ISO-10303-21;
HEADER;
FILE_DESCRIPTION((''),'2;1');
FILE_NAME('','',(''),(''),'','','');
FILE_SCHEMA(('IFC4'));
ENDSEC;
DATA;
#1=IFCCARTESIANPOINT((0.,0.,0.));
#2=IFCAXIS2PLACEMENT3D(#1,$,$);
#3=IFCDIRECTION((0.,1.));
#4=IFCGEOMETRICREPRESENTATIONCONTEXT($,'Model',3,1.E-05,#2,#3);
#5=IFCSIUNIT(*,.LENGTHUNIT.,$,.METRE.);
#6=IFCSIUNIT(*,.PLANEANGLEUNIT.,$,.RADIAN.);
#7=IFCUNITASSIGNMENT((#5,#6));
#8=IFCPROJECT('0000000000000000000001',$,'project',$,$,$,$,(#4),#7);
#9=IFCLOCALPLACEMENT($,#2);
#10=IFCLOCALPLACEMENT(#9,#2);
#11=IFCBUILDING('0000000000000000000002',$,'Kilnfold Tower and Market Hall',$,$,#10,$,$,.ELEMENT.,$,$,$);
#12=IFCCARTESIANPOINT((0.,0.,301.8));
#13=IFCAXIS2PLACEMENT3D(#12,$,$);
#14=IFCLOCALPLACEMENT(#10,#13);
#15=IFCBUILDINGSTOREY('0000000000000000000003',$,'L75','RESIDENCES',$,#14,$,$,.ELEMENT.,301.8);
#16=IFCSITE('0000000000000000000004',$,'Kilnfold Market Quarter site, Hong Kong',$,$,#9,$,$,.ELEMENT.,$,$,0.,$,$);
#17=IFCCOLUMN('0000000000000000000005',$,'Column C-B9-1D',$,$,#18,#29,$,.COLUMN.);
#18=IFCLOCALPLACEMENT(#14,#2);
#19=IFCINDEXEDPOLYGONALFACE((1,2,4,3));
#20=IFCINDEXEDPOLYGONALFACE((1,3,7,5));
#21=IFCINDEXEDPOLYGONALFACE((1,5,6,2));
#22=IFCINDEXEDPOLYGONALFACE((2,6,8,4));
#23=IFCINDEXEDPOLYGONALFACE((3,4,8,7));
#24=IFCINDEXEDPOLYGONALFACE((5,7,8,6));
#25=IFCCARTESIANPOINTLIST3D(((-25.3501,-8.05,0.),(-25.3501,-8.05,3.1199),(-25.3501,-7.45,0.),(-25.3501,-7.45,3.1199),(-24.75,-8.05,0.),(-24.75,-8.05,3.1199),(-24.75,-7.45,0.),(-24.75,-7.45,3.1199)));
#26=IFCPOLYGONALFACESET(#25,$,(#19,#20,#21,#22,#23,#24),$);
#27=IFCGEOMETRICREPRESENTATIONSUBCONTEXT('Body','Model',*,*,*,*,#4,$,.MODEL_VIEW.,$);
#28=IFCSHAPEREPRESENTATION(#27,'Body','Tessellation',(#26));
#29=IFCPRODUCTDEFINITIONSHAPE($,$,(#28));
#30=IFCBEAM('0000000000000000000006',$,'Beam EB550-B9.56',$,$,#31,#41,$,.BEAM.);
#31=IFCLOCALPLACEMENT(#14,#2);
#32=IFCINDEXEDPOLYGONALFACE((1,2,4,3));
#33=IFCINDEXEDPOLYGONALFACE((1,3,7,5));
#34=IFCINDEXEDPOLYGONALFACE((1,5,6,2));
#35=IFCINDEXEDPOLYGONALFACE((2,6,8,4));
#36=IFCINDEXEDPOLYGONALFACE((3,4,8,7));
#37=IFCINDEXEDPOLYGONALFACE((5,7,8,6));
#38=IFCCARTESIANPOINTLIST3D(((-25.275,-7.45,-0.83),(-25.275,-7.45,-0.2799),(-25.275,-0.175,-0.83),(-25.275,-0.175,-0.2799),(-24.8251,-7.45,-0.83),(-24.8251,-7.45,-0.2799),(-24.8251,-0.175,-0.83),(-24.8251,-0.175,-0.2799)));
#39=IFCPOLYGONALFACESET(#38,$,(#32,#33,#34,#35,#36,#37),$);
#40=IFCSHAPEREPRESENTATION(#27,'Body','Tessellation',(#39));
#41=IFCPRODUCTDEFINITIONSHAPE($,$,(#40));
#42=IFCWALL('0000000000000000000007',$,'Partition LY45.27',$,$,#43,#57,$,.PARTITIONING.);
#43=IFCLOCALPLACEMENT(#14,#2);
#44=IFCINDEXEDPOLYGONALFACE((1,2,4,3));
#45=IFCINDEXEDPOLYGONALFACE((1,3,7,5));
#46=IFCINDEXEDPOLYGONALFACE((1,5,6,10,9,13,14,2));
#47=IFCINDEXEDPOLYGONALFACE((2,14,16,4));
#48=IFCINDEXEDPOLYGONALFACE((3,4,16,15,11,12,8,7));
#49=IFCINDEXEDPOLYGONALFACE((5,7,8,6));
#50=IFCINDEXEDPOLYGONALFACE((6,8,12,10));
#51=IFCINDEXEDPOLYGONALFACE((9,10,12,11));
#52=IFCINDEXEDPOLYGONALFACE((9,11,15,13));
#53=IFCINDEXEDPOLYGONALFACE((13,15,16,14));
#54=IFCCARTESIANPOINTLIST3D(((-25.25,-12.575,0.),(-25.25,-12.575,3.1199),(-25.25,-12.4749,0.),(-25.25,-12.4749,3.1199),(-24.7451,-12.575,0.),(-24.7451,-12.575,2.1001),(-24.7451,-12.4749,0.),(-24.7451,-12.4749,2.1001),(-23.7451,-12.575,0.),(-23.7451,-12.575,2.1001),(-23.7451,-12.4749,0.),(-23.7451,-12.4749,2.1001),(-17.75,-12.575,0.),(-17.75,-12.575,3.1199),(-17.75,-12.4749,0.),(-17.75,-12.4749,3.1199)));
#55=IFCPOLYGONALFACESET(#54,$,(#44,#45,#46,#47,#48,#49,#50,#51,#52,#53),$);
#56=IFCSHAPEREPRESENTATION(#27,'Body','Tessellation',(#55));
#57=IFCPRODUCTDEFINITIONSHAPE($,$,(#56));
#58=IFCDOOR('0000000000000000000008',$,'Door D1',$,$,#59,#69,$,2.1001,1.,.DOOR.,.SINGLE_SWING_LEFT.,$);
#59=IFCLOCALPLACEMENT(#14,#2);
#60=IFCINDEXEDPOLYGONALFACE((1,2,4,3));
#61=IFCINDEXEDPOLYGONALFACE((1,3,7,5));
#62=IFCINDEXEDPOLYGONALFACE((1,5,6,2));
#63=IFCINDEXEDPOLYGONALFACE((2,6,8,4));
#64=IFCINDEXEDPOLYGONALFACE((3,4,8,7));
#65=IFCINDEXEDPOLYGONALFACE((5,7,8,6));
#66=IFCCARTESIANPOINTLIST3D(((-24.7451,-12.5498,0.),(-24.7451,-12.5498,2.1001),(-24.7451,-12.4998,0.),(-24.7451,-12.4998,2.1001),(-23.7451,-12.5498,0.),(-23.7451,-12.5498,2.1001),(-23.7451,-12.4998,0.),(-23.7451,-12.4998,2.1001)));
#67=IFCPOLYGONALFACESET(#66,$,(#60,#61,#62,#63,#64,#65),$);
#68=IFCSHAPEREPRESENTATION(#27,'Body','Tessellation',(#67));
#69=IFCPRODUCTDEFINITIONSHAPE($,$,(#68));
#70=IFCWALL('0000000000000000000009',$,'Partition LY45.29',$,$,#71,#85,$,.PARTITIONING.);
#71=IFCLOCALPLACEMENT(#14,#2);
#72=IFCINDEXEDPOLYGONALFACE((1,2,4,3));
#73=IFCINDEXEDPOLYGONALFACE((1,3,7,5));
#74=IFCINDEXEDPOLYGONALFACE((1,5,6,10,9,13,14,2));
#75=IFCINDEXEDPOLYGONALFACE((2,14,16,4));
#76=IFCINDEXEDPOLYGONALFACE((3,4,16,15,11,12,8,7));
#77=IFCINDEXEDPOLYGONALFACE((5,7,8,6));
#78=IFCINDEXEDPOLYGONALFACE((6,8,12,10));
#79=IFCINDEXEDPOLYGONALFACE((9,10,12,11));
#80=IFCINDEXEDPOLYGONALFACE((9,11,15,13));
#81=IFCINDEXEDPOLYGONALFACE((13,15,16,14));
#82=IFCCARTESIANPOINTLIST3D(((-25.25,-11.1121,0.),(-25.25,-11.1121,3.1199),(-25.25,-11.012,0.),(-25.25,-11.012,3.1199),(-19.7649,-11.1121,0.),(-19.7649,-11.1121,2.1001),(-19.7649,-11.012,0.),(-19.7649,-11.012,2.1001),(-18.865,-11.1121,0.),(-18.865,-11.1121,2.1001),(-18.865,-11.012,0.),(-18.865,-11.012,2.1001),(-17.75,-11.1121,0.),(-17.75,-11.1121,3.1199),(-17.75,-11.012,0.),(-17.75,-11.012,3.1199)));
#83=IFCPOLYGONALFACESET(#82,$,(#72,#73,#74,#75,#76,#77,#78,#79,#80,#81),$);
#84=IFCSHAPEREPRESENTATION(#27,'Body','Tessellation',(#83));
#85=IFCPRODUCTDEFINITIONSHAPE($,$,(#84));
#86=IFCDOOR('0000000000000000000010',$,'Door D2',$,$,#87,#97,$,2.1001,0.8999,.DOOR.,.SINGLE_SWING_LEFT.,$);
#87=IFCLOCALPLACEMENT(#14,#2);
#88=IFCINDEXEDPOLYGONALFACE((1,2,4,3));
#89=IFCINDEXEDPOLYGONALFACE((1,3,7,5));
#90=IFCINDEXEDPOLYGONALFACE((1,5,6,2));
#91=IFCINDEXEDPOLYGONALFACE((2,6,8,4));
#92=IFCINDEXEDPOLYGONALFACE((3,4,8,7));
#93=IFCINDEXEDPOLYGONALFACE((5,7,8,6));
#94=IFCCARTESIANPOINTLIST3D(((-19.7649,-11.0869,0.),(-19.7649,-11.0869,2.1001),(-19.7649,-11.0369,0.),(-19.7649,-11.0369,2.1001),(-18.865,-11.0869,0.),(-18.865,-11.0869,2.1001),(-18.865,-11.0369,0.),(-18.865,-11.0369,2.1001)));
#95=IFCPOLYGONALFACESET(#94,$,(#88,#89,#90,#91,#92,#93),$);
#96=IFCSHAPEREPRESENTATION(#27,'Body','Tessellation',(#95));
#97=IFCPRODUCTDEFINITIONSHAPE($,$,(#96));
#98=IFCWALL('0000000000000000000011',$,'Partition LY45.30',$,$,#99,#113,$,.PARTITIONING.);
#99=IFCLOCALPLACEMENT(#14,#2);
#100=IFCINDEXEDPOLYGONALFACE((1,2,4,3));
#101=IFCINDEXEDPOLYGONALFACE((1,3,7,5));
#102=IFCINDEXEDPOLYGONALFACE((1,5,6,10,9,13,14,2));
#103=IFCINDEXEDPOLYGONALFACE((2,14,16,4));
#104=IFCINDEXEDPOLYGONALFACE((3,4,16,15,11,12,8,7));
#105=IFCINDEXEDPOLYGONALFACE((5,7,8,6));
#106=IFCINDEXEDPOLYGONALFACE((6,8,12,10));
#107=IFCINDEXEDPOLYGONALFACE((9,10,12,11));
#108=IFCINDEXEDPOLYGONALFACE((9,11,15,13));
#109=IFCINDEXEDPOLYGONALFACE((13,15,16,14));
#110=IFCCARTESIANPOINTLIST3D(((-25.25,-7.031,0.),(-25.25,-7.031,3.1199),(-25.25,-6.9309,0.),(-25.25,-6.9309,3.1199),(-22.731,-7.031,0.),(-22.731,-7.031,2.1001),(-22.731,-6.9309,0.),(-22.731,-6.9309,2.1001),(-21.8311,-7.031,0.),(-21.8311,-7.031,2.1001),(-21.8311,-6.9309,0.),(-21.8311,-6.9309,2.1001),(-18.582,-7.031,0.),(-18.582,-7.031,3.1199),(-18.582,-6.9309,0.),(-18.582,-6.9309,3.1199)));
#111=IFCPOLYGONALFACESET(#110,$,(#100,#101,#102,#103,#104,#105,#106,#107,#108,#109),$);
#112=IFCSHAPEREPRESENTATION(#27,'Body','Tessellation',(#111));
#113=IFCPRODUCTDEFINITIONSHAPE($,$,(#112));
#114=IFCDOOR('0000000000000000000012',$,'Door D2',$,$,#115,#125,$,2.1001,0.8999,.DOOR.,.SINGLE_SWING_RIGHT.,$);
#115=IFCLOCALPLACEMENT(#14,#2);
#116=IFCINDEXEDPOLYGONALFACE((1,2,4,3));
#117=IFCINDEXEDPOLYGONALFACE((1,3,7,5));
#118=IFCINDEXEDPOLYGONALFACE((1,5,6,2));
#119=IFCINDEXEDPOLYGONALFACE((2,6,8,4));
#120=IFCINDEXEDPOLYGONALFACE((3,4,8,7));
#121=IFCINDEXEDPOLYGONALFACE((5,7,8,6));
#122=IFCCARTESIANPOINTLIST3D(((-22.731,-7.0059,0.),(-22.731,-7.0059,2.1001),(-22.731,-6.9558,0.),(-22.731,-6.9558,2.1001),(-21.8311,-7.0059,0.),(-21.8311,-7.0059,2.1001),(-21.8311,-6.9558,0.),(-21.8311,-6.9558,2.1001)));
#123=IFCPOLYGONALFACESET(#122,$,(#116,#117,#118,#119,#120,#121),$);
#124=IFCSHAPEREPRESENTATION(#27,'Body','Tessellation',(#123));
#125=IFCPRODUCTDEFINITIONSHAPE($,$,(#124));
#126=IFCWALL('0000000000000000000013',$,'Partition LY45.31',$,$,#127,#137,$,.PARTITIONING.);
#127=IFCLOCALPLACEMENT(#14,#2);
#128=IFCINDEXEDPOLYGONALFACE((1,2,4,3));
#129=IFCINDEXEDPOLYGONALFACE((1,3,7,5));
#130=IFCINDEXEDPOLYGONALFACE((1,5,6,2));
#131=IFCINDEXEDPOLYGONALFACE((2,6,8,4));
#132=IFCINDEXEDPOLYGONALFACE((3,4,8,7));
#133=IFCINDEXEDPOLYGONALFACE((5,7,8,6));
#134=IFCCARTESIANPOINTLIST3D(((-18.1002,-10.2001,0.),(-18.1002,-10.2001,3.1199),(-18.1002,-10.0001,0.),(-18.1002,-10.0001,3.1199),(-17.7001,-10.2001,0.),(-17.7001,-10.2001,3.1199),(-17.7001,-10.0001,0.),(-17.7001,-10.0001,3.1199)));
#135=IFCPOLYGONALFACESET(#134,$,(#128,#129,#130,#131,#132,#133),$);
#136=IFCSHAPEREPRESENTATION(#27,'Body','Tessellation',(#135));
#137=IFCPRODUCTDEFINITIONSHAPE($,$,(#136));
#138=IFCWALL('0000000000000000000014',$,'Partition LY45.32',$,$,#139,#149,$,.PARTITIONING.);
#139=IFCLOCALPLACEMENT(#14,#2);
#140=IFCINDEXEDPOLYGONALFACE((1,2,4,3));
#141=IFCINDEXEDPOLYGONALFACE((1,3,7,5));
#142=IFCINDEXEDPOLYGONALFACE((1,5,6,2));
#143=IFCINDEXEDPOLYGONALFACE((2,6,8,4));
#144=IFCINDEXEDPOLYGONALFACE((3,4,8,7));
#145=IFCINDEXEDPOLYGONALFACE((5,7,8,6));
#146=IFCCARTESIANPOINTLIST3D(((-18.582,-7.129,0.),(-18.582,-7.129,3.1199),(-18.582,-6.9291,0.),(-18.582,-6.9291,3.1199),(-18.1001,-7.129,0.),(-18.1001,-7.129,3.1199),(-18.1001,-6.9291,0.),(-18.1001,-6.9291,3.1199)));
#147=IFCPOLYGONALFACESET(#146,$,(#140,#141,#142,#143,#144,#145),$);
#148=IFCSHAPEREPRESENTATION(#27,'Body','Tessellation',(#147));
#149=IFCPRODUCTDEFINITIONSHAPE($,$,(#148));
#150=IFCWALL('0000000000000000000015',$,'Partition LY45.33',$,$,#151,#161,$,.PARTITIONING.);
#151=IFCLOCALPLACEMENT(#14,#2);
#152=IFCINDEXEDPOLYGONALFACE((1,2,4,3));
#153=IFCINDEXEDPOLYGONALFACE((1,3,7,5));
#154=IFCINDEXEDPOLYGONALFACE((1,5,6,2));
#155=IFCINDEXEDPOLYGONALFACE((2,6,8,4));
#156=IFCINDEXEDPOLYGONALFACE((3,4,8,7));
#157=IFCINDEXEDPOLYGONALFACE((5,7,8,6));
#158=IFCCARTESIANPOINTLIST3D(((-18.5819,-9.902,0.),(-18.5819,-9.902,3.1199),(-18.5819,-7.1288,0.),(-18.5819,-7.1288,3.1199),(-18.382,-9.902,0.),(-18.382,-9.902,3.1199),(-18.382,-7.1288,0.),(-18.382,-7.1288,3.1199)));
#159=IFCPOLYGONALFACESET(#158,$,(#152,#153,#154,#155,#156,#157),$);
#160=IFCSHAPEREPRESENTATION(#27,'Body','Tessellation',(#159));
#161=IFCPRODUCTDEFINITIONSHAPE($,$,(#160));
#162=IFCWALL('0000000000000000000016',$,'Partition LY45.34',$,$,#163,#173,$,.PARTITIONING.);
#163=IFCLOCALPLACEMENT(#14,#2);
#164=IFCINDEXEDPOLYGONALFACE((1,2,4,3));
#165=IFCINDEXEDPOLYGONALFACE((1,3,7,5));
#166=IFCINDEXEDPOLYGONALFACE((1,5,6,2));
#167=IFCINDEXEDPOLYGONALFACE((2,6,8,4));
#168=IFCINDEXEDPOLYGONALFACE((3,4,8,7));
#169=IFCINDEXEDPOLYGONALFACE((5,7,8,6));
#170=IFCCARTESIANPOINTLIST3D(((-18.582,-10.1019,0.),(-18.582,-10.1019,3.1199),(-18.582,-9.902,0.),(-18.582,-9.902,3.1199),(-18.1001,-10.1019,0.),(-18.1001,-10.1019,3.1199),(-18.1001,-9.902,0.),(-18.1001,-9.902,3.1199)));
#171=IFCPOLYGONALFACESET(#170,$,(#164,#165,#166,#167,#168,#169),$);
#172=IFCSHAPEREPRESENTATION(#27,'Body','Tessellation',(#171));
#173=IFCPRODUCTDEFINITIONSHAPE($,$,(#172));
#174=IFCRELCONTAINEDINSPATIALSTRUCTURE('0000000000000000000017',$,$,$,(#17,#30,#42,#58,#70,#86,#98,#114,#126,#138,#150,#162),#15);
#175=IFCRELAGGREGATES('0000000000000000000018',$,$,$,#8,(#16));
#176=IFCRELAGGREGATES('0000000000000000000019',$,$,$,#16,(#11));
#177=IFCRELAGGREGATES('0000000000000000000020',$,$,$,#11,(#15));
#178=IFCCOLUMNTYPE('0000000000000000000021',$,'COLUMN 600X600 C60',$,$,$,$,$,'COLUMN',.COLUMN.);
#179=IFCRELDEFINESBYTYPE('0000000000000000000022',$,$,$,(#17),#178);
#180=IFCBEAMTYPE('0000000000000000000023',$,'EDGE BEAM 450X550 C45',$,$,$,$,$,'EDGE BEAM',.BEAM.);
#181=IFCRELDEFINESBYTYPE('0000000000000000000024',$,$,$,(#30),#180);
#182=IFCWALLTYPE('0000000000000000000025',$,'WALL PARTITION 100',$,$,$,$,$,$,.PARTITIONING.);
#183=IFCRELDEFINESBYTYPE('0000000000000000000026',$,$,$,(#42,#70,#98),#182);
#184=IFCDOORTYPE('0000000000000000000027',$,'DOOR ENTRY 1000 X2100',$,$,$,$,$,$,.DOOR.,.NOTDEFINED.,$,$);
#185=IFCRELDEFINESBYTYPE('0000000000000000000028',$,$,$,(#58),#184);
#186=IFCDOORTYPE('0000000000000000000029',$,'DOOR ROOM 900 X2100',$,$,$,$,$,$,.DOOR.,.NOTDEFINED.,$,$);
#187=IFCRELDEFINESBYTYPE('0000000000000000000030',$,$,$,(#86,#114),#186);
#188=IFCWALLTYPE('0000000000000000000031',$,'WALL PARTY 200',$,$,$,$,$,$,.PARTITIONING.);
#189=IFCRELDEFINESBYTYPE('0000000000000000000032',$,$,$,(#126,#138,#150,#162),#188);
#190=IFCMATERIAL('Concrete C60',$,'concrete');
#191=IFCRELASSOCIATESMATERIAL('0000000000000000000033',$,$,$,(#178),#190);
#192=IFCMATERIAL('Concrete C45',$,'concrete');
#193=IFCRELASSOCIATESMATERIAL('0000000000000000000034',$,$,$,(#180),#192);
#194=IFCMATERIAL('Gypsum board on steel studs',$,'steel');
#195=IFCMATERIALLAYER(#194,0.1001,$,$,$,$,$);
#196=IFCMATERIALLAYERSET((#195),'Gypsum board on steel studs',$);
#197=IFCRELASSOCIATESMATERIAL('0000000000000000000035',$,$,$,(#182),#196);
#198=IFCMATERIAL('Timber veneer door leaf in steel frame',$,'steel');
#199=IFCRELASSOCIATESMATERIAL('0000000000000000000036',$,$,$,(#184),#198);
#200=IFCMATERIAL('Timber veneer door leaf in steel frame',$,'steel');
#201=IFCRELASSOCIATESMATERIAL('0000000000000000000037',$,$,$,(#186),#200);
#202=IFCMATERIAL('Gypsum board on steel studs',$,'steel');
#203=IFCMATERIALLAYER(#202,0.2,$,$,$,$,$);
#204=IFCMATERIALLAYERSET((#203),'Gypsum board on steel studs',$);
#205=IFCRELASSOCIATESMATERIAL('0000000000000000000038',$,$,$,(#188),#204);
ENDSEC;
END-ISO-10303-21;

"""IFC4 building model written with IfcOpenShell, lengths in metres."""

from ifc_helpers import new_model, si_unit, direction, frame, frame_2d, origin, origin_2d, place, context, subcontext, project, spatial, rectangle, extrude, source, transform, mapped, material, layer, layer_set, material_profile, profile_set, type_object, element, fill, save


model = new_model("IFC4")

# Units and contexts
model_context = context("Model", 3, precision=1e-05, world=origin(), true_north=direction((0.0, 1.0)))
body_context = subcontext(model_context, "Body", "Model", "MODEL_VIEW")
ifc_project = project(units=[si_unit("LENGTHUNIT", "METRE"), si_unit("PLANEANGLEUNIT", "RADIAN")], contexts=[model_context])

# Site, building, storey
site_placement = place(None, origin())
site = spatial("IfcSite", under=ifc_project, at=site_placement, Name="Kilnfold Market Quarter site, Hong Kong", CompositionType="ELEMENT", RefElevation=0.0)
building_placement = place(site_placement, origin())
building = spatial("IfcBuilding", under=site, at=building_placement, Name="Kilnfold Tower and Market Hall", CompositionType="ELEMENT")
storey_placement = place(building_placement, frame((0.0, 0.0, 301.8)))
storey = spatial("IfcBuildingStorey", under=building, at=storey_placement, Name="L75", Description="RESIDENCES", CompositionType="ELEMENT", Elevation=301.8)

# Column
ifc_material_1 = material(Name="Concrete C60", Category="concrete")
ifc_material_profile_1 = material_profile(ifc_material_1, rectangle(XDim=0.6001, YDim=0.6001, at=origin_2d()), Name="RC 600x600")
ifc_profile_set_1 = profile_set([ifc_material_profile_1], Name="Concrete C60")
column_type = type_object("IfcColumnType", Name="COLUMN 600X600 C60", ElementType="COLUMN", PredefinedType="COLUMN", material=ifc_profile_set_1)
shared_shape_1 = source(origin(), body_context, "Body", "SweptSolid", [
    extrude(rectangle(XDim=0.6001, YDim=0.6001, at=origin_2d()), origin(), (0.0, 0.0, 1.0), 3.1199),
])
column_placement = place(storey_placement, frame((-25.05, -7.75, 0.0), z_axis=(0.0, 0.0, 1.0), x_axis=(1.0, 0.0, 0.0)))
element("IfcColumn", 1, at=column_placement, inside=storey, type_object=column_type, Name="Column C-B9-1D", PredefinedType="COLUMN", context=body_context, shape_type="MappedRepresentation", body=[
    mapped(shared_shape_1, transform((0.0, 0.0, 0.0))),
])

# Beam
ifc_material_2 = material(Name="Concrete C45", Category="concrete")
ifc_material_profile_2 = material_profile(ifc_material_2, rectangle(XDim=0.45, YDim=0.55, at=origin_2d()), Name="RC 450x550")
ifc_profile_set_2 = profile_set([ifc_material_profile_2], Name="Concrete C45")
beam_type = type_object("IfcBeamType", Name="EDGE BEAM 450X550 C45", ElementType="EDGE BEAM", PredefinedType="BEAM", material=ifc_profile_set_2)
shared_shape_2 = source(origin(), body_context, "Body", "SweptSolid", [
    extrude(rectangle(XDim=0.45, YDim=0.55, at=origin_2d()), origin(), (0.0, 0.0, 1.0), 7.2749),
])
beam_placement = place(storey_placement, frame((-25.05, -7.45, -0.5549), z_axis=(0.0, 1.0, 0.0), x_axis=(-1.0, 0.0, 0.0)))
element("IfcBeam", 2, at=beam_placement, inside=storey, type_object=beam_type, Name="Beam EB550-B9.56", PredefinedType="BEAM", context=body_context, shape_type="MappedRepresentation", body=[
    mapped(shared_shape_2, transform((0.0, 0.0, 0.0))),
])

# Walls, openings, doors
ifc_material_3 = material(Name="Gypsum board on steel studs", Category="steel")
ifc_layer_1 = layer(ifc_material_3, 0.1001)
ifc_layer_set_1 = layer_set([ifc_layer_1], Name="Gypsum board on steel studs")
wall_type_1 = type_object("IfcWallType", Name="WALL PARTITION 100", PredefinedType="PARTITIONING", material=ifc_layer_set_1)
wall_1_placement = place(storey_placement, frame((-17.75, -12.5249, 0.0), z_axis=(0.0, 0.0, 1.0), x_axis=(-1.0, 0.0, 0.0)))
wall_1 = element("IfcWall", 3, at=wall_1_placement, inside=storey, type_object=wall_type_1, Name="Partition LY45.27", PredefinedType="PARTITIONING", context=body_context, shape_type="SweptSolid", body=[
    extrude(rectangle(XDim=7.5, YDim=0.1001, at=frame_2d((3.75, 0.0))), origin(), (0.0, 0.0, 1.0), 3.1199),
])
opening_1_placement = place(wall_1_placement, frame((5.9951, 0.0, 0.0)))
opening_1 = element("IfcOpeningElement", 4, at=opening_1_placement, cuts=wall_1, PredefinedType="OPENING", context=body_context, shape_type="SweptSolid", body=[
    extrude(rectangle(XDim=1.0, YDim=2.1001, at=frame_2d((0.5, 1.05))), frame((0.0, 0.0601, 0.0), z_axis=(0.0, -1.0, 0.0), x_axis=(1.0, 0.0, 0.0)), (0.0, 0.0, 1.0), 0.1201),
])
ifc_material_4 = material(Name="Timber veneer door leaf in steel frame", Category="steel")
door_type_1 = type_object("IfcDoorType", Name="DOOR ENTRY 1000 X2100", OperationType="NOTDEFINED", PredefinedType="DOOR", material=ifc_material_4)
door_1_placement = place(opening_1_placement, origin())
door_1 = element("IfcDoor", 5, at=door_1_placement, inside=storey, type_object=door_type_1, Name="Door D1", OperationType="SINGLE_SWING_LEFT", OverallHeight=2.1001, OverallWidth=1.0, PredefinedType="DOOR", context=body_context, shape_type="SweptSolid", body=[
    extrude(rectangle(XDim=1.0, YDim=2.1001, at=frame_2d((0.5, 1.05))), frame((0.0, 0.0249, 0.0), z_axis=(0.0, -1.0, 0.0), x_axis=(1.0, 0.0, 0.0)), (0.0, 0.0, 1.0), 0.05),
])
fill(opening_1, door_1)
wall_2_placement = place(storey_placement, frame((-17.75, -11.062, 0.0), z_axis=(0.0, 0.0, 1.0), x_axis=(-1.0, 0.0, 0.0)))
wall_2 = element("IfcWall", 6, at=wall_2_placement, inside=storey, type_object=wall_type_1, Name="Partition LY45.29", PredefinedType="PARTITIONING", context=body_context, shape_type="SweptSolid", body=[
    extrude(rectangle(XDim=7.5, YDim=0.1001, at=frame_2d((3.75, 0.0))), origin(), (0.0, 0.0, 1.0), 3.1199),
])
opening_2_placement = place(wall_2_placement, frame((1.115, 0.0, 0.0)))
opening_2 = element("IfcOpeningElement", 7, at=opening_2_placement, cuts=wall_2, PredefinedType="OPENING", context=body_context, shape_type="SweptSolid", body=[
    extrude(rectangle(XDim=0.8999, YDim=2.1001, at=frame_2d((0.45, 1.05))), frame((0.0, 0.0601, 0.0), z_axis=(0.0, -1.0, 0.0), x_axis=(1.0, 0.0, 0.0)), (0.0, 0.0, 1.0), 0.1201),
])
ifc_material_5 = material(Name="Timber veneer door leaf in steel frame", Category="steel")
door_type_2 = type_object("IfcDoorType", Name="DOOR ROOM 900 X2100", OperationType="NOTDEFINED", PredefinedType="DOOR", material=ifc_material_5)
door_2_placement = place(opening_2_placement, origin())
door_2 = element("IfcDoor", 8, at=door_2_placement, inside=storey, type_object=door_type_2, Name="Door D2", OperationType="SINGLE_SWING_LEFT", OverallHeight=2.1001, OverallWidth=0.8999, PredefinedType="DOOR", context=body_context, shape_type="SweptSolid", body=[
    extrude(rectangle(XDim=0.8999, YDim=2.1001, at=frame_2d((0.45, 1.05))), frame((0.0, 0.0249, 0.0), z_axis=(0.0, -1.0, 0.0), x_axis=(1.0, 0.0, 0.0)), (0.0, 0.0, 1.0), 0.05),
])
fill(opening_2, door_2)
wall_3_placement = place(storey_placement, frame((-18.582, -6.981, 0.0), z_axis=(0.0, 0.0, 1.0), x_axis=(-1.0, 0.0, 0.0)))
wall_3 = element("IfcWall", 9, at=wall_3_placement, inside=storey, type_object=wall_type_1, Name="Partition LY45.30", PredefinedType="PARTITIONING", context=body_context, shape_type="SweptSolid", body=[
    extrude(rectangle(XDim=6.668, YDim=0.1001, at=frame_2d((3.334, 0.0))), origin(), (0.0, 0.0, 1.0), 3.1199),
])
opening_3_placement = place(wall_3_placement, frame((3.249, 0.0, 0.0)))
opening_3 = element("IfcOpeningElement", 10, at=opening_3_placement, cuts=wall_3, PredefinedType="OPENING", context=body_context, shape_type="SweptSolid", body=[
    extrude(rectangle(XDim=0.8999, YDim=2.1001, at=frame_2d((0.45, 1.05))), frame((0.0, 0.0601, 0.0), z_axis=(0.0, -1.0, 0.0), x_axis=(1.0, 0.0, 0.0)), (0.0, 0.0, 1.0), 0.1201),
])
door_3_placement = place(opening_3_placement, origin())
door_3 = element("IfcDoor", 11, at=door_3_placement, inside=storey, type_object=door_type_2, Name="Door D2", OperationType="SINGLE_SWING_RIGHT", OverallHeight=2.1001, OverallWidth=0.8999, PredefinedType="DOOR", context=body_context, shape_type="SweptSolid", body=[
    extrude(rectangle(XDim=0.8999, YDim=2.1001, at=frame_2d((0.45, 1.05))), frame((0.0, 0.0249, 0.0), z_axis=(0.0, -1.0, 0.0), x_axis=(1.0, 0.0, 0.0)), (0.0, 0.0, 1.0), 0.05),
])
fill(opening_3, door_3)

# Walls
ifc_material_6 = material(Name="Gypsum board on steel studs", Category="steel")
ifc_layer_2 = layer(ifc_material_6, 0.2)
ifc_layer_set_2 = layer_set([ifc_layer_2], Name="Gypsum board on steel studs")
wall_type_2 = type_object("IfcWallType", Name="WALL PARTY 200", PredefinedType="PARTITIONING", material=ifc_layer_set_2)
wall_4_placement = place(storey_placement, frame((-17.7, -10.1001, 0.0), z_axis=(0.0, 0.0, 1.0), x_axis=(-1.0, 0.0, 0.0)))
element("IfcWall", 12, at=wall_4_placement, inside=storey, type_object=wall_type_2, Name="Partition LY45.31", PredefinedType="PARTITIONING", context=body_context, shape_type="SweptSolid", body=[
    extrude(rectangle(XDim=0.4001, YDim=0.2, at=frame_2d((0.2002, 0.0))), origin(), (0.0, 0.0, 1.0), 3.1199),
])
wall_5_placement = place(storey_placement, frame((-18.582, -7.0291, 0.0), z_axis=(0.0, 0.0, 1.0), x_axis=(1.0, 0.0, 0.0)))
element("IfcWall", 13, at=wall_5_placement, inside=storey, type_object=wall_type_2, Name="Partition LY45.32", PredefinedType="PARTITIONING", context=body_context, shape_type="SweptSolid", body=[
    extrude(rectangle(XDim=0.4819, YDim=0.2, at=frame_2d((0.241, 0.0))), origin(), (0.0, 0.0, 1.0), 3.1199),
])
wall_6_placement = place(storey_placement, frame((-18.4819, -9.9021, 0.0), z_axis=(0.0, 0.0, 1.0), x_axis=(0.0, 1.0, 0.0)))
element("IfcWall", 14, at=wall_6_placement, inside=storey, type_object=wall_type_2, Name="Partition LY45.33", PredefinedType="PARTITIONING", context=body_context, shape_type="SweptSolid", body=[
    extrude(rectangle(XDim=2.7732, YDim=0.2, at=frame_2d((1.3867, 0.0))), origin(), (0.0, 0.0, 1.0), 3.1199),
])
wall_7_placement = place(storey_placement, frame((-18.1001, -10.002, 0.0), z_axis=(0.0, 0.0, 1.0), x_axis=(-1.0, 0.0, 0.0)))
element("IfcWall", 15, at=wall_7_placement, inside=storey, type_object=wall_type_2, Name="Partition LY45.34", PredefinedType="PARTITIONING", context=body_context, shape_type="SweptSolid", body=[
    extrude(rectangle(XDim=0.4819, YDim=0.2, at=frame_2d((0.241, 0.0))), origin(), (0.0, 0.0, 1.0), 3.1199),
])

save(model, "model.ifc")
